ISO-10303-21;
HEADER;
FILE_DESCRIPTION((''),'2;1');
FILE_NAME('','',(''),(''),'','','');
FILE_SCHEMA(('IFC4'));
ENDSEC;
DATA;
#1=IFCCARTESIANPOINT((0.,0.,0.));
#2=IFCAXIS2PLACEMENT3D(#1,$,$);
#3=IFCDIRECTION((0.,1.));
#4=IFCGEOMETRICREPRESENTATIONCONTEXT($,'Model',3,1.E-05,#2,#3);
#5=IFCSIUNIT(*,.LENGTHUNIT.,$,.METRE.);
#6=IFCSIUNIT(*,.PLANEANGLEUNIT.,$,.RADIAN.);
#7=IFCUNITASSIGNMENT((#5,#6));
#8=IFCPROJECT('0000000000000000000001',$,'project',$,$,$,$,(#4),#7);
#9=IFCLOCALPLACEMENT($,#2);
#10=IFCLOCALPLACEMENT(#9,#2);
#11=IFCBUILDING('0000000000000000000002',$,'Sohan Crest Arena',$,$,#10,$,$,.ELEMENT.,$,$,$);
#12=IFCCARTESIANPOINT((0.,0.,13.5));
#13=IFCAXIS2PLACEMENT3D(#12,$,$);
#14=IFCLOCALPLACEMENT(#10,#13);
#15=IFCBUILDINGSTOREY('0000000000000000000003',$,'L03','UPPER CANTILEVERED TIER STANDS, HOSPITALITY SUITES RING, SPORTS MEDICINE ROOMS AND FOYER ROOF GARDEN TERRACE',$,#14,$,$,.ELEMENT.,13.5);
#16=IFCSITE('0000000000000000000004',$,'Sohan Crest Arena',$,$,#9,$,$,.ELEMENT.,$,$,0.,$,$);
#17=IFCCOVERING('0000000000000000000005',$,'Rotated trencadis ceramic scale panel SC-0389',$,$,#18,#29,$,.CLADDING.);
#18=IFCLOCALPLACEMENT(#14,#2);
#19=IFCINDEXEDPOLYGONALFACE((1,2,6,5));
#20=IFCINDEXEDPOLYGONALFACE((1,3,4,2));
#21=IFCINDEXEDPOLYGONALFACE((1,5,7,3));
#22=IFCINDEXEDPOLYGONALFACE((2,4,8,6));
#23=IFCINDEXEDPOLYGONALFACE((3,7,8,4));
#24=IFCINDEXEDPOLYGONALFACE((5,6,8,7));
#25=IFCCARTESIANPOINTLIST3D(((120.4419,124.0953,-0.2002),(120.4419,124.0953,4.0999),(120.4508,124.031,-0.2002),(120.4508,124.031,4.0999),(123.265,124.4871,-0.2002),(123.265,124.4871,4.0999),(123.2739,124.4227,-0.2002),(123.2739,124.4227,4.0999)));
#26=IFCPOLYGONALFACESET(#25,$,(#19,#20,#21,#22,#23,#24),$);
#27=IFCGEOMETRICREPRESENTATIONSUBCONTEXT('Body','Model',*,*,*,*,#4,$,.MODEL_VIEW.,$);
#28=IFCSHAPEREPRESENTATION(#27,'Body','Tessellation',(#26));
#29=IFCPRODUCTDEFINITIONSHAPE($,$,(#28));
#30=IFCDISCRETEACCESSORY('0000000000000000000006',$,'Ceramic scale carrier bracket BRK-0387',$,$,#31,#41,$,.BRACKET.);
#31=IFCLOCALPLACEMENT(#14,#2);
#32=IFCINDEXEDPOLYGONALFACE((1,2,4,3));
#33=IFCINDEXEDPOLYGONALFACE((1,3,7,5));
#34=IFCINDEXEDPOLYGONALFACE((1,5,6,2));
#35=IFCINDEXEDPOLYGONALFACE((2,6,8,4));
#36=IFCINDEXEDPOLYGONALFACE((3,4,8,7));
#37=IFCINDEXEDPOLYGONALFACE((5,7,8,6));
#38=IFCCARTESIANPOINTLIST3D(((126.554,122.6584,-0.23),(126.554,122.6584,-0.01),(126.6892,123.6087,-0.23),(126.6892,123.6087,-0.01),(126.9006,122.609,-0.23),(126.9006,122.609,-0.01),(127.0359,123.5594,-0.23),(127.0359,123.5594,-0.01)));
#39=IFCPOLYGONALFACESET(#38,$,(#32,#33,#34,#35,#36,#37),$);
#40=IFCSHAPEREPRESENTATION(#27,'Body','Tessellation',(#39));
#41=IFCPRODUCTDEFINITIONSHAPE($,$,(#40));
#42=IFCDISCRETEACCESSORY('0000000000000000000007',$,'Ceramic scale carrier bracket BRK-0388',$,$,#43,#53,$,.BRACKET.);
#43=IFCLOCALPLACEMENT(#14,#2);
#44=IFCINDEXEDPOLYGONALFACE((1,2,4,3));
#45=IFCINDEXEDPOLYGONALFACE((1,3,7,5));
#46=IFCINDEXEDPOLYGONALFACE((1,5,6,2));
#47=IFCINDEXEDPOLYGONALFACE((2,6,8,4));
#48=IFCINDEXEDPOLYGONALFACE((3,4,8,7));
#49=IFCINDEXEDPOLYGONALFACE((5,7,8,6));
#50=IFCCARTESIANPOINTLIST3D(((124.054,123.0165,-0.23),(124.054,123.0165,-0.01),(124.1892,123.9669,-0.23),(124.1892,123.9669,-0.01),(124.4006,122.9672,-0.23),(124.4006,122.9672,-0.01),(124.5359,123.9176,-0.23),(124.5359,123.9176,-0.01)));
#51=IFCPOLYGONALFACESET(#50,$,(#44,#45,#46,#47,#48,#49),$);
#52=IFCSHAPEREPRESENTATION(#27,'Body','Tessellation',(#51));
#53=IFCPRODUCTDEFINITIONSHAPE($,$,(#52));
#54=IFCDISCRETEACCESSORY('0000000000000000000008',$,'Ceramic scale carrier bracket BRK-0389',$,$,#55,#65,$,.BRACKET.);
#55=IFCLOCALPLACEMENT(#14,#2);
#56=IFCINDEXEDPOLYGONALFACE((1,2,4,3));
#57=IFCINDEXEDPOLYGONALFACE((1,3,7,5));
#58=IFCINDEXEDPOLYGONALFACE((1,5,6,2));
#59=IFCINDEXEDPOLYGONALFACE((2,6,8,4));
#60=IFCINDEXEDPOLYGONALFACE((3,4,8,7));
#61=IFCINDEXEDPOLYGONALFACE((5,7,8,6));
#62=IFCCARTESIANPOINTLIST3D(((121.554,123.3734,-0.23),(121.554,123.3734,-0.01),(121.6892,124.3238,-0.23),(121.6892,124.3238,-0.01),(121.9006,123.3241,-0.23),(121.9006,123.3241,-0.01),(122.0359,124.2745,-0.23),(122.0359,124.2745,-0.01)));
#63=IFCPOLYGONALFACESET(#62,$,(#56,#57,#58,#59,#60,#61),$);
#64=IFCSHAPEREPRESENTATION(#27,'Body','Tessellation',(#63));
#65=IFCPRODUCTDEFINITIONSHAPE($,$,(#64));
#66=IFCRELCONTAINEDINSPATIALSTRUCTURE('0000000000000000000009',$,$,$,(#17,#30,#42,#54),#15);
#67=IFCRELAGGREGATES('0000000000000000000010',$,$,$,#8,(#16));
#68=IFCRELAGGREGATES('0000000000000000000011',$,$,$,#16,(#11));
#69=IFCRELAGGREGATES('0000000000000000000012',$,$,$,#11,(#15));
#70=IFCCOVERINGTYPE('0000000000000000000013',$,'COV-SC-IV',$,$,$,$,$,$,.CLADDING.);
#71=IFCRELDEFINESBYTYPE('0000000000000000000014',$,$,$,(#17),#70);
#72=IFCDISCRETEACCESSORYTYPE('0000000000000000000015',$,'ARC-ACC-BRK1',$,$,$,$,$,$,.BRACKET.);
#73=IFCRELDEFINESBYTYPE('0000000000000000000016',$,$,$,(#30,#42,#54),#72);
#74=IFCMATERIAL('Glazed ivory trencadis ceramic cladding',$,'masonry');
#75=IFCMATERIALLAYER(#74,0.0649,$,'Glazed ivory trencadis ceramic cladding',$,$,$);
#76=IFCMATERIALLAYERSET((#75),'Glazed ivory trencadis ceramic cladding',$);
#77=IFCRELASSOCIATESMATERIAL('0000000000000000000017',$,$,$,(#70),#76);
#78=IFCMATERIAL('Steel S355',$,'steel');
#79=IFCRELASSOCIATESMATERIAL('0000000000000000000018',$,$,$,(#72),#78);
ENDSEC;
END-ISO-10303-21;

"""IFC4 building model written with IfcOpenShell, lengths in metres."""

from ifc_helpers import new_model, si_unit, direction, frame, origin, origin_2d, place, context, subcontext, project, spatial, rectangle, extrude, material, layer, layer_set, type_object, element, save


model = new_model("IFC4")

# Units and contexts
model_context = context("Model", 3, precision=1e-05, world=origin(), true_north=direction((0.0, 1.0)))
body_context = subcontext(model_context, "Body", "Model", "MODEL_VIEW")
ifc_project = project(units=[si_unit("LENGTHUNIT", "METRE"), si_unit("PLANEANGLEUNIT", "RADIAN")], contexts=[model_context])

# Site, building, storey
site_placement = place(None, origin())
site = spatial("IfcSite", under=ifc_project, at=site_placement, Name="Sohan Crest Arena", CompositionType="ELEMENT", RefElevation=0.0)
building_placement = place(site_placement, origin())
building = spatial("IfcBuilding", under=site, at=building_placement, Name="Sohan Crest Arena", CompositionType="ELEMENT")
storey_placement = place(building_placement, frame((0.0, 0.0, 13.5)))
storey = spatial("IfcBuildingStorey", under=building, at=storey_placement, Name="L03", Description="UPPER CANTILEVERED TIER STANDS, HOSPITALITY SUITES RING, SPORTS MEDICINE ROOMS AND FOYER ROOF GARDEN TERRACE", CompositionType="ELEMENT", Elevation=13.5)

# Covering
ifc_material_1 = material(Name="Glazed ivory trencadis ceramic cladding", Category="masonry")
ifc_layer_1 = layer(ifc_material_1, 0.0649, Name="Glazed ivory trencadis ceramic cladding")
ifc_layer_set_1 = layer_set([ifc_layer_1], Name="Glazed ivory trencadis ceramic cladding")
covering_type = type_object("IfcCoveringType", Name="COV-SC-IV", PredefinedType="CLADDING", material=ifc_layer_set_1)
for number, where, z_axis, x_axis, name in (
    (1, (121.8579, 124.259, -0.2002), (0.0, 0.0, 1.0), (-0.990509, -0.137445, 0.0), "Rotated trencadis ceramic scale panel SC-0389"),
):
    element("IfcCovering", number, at=place(storey_placement, frame(where, z_axis=z_axis, x_axis=x_axis)), inside=storey, type_object=covering_type, Name=name, PredefinedType="CLADDING", context=body_context, shape_type="SweptSolid", body=[
        extrude(rectangle(XDim=2.8501, YDim=0.0649, at=origin_2d()), origin(), (0.0, 0.0, 1.0), 4.3),
    ])

# Discrete accessories
ifc_material_2 = material(Name="Steel S355", Category="steel")
discrete_accessory_type = type_object("IfcDiscreteAccessoryType", Name="ARC-ACC-BRK1", PredefinedType="BRACKET", material=ifc_material_2)
for number, where, z_axis, x_axis, name in (
    (2, (126.7949, 123.1089, -0.23), (0.0, 0.0, 1.0), (-0.990024, 0.140901, 0.0), "Ceramic scale carrier bracket BRK-0387"),
    (3, (124.2949, 123.467, -0.23), (0.0, 0.0, 1.0), (-0.990024, 0.140901, 0.0), "Ceramic scale carrier bracket BRK-0388"),
    (4, (121.7949, 123.824, -0.23), (0.0, 0.0, 1.0), (-0.990024, 0.140901, 0.0), "Ceramic scale carrier bracket BRK-0389"),
):
    element("IfcDiscreteAccessory", number, at=place(storey_placement, frame(where, z_axis=z_axis, x_axis=x_axis)), inside=storey, type_object=discrete_accessory_type, Name=name, PredefinedType="BRACKET", context=body_context, shape_type="SweptSolid", body=[
        extrude(rectangle(XDim=0.3501, YDim=0.96, at=origin_2d()), origin(), (0.0, 0.0, 1.0), 0.22),
    ])

save(model, "model.ifc")
